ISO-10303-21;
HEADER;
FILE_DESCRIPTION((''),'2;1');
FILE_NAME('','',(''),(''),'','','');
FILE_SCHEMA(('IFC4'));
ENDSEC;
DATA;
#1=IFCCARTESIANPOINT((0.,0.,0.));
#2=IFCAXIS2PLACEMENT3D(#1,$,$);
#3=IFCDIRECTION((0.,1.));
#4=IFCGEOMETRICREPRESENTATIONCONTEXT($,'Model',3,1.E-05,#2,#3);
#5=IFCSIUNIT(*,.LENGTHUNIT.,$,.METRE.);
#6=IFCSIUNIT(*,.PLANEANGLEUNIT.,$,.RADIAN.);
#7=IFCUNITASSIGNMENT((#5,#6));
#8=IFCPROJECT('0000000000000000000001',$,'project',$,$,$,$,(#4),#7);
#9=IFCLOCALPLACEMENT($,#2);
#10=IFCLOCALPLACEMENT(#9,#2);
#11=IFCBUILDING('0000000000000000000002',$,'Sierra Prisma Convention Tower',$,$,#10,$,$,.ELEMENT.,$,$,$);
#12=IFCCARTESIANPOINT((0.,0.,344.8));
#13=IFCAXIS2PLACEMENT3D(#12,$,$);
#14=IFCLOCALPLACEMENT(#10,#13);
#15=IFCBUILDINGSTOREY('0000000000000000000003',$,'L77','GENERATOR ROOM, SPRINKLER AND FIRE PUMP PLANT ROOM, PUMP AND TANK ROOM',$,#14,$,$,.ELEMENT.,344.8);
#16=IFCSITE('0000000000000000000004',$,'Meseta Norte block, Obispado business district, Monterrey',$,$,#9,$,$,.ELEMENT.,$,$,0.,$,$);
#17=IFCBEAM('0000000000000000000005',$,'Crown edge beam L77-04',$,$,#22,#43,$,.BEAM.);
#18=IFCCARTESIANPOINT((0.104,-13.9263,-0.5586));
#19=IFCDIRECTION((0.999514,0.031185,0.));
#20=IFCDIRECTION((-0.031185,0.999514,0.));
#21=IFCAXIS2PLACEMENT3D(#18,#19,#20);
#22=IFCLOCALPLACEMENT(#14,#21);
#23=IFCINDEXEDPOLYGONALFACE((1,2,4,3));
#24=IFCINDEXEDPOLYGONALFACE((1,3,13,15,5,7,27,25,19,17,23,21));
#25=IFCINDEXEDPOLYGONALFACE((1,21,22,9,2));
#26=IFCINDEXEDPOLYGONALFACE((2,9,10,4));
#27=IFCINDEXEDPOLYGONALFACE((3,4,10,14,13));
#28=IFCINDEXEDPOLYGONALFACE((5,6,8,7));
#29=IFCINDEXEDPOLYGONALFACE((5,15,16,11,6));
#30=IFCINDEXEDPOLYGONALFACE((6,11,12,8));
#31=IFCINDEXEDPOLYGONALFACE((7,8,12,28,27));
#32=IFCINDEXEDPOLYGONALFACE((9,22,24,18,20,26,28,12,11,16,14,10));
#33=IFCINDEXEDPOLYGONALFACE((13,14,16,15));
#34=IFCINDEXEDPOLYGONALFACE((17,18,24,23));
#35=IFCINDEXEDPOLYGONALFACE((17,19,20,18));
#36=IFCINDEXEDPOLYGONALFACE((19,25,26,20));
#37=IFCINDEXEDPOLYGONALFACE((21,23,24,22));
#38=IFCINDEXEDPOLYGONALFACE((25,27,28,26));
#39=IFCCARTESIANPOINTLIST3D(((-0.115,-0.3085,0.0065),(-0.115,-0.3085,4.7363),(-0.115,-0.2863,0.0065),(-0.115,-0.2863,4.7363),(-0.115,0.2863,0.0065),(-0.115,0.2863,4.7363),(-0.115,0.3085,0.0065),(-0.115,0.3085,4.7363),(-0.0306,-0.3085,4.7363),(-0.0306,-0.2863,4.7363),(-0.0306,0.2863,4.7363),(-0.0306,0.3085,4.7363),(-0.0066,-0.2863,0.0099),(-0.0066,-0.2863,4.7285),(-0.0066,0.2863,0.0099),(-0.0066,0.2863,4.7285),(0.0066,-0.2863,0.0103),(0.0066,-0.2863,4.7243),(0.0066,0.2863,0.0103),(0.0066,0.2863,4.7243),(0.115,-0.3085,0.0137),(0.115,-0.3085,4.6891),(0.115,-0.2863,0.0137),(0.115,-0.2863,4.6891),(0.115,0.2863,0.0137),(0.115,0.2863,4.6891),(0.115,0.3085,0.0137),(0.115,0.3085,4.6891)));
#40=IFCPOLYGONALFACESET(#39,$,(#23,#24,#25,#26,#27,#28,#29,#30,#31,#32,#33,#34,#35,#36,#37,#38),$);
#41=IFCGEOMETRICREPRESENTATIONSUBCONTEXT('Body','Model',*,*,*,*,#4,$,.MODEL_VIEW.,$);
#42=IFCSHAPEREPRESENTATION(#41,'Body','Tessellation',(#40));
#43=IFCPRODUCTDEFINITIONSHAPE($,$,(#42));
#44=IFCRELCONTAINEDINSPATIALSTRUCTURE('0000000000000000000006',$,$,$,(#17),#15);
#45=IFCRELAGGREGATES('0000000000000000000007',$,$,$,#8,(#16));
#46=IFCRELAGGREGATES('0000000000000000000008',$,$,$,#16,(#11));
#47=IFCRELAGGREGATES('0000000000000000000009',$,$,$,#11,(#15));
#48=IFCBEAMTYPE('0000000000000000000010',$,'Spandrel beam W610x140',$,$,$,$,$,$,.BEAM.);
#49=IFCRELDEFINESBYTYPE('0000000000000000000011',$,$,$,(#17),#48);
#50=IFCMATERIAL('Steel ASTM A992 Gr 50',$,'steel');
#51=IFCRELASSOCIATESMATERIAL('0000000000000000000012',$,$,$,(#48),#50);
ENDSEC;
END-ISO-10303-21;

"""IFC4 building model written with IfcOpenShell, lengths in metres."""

from ifc_helpers import new_model, si_unit, direction, frame, origin, origin_2d, place, context, subcontext, project, spatial, i_section, extrude, clip, halfspace, material, material_profile, profile_set, type_object, element, save


model = new_model("IFC4")

# Units and contexts
model_context = context("Model", 3, precision=1e-05, world=origin(), true_north=direction((0.0, 1.0)))
body_context = subcontext(model_context, "Body", "Model", "MODEL_VIEW")
ifc_project = project(units=[si_unit("LENGTHUNIT", "METRE"), si_unit("PLANEANGLEUNIT", "RADIAN")], contexts=[model_context])

# Site, building, storey
site_placement = place(None, origin())
site = spatial("IfcSite", under=ifc_project, at=site_placement, Name="Meseta Norte block, Obispado business district, Monterrey", CompositionType="ELEMENT", RefElevation=0.0)
building_placement = place(site_placement, origin())
building = spatial("IfcBuilding", under=site, at=building_placement, Name="Sierra Prisma Convention Tower", CompositionType="ELEMENT")
storey_placement = place(building_placement, frame((0.0, 0.0, 344.8)))
storey = spatial("IfcBuildingStorey", under=building, at=storey_placement, Name="L77", Description="GENERATOR ROOM, SPRINKLER AND FIRE PUMP PLANT ROOM, PUMP AND TANK ROOM", CompositionType="ELEMENT", Elevation=344.8)

# Beam
ifc_material_1 = material(Name="Steel ASTM A992 Gr 50", Category="steel")
ifc_material_profile_1 = material_profile(ifc_material_1, i_section(OverallWidth=0.23, OverallDepth=0.6169, WebThickness=0.0132, FlangeThickness=0.0222, at=origin_2d()), Name="W610x140")
ifc_profile_set_1 = profile_set([ifc_material_profile_1], Name="Steel ASTM A992 Gr 50")
beam_type_1 = type_object("IfcBeamType", Name="Spandrel beam W610x140", PredefinedType="BEAM", material=ifc_profile_set_1)
beam_1_placement = place(storey_placement, frame((0.104, -13.9263, -0.5586), z_axis=(0.999514, 0.031185, 0.0), x_axis=(-0.031185, 0.999514, 0.0)))
element("IfcBeam", 1, at=beam_1_placement, inside=storey, type_object=beam_type_1, Name="Crown edge beam L77-04", PredefinedType="BEAM", context=body_context, shape_type="SweptSolid", body=[
    clip(clip(extrude(i_section(OverallWidth=0.23, OverallDepth=0.6169, WebThickness=0.0132, FlangeThickness=0.0222, at=origin_2d()), origin(), (0.0, 0.0, 1.0), 4.7363), halfspace(frame((-0.0034, 0.0, 0.01), z_axis=(-0.031185, 0.0, 0.999514), x_axis=(0.999514, 0.0, 0.031185)), True)), halfspace(frame((-0.0352, 0.0, 4.7378), z_axis=(-0.30853, 0.0, -0.951215), x_axis=(0.951215, 0.0, -0.30853)), True)),
])

save(model, "model.ifc")
